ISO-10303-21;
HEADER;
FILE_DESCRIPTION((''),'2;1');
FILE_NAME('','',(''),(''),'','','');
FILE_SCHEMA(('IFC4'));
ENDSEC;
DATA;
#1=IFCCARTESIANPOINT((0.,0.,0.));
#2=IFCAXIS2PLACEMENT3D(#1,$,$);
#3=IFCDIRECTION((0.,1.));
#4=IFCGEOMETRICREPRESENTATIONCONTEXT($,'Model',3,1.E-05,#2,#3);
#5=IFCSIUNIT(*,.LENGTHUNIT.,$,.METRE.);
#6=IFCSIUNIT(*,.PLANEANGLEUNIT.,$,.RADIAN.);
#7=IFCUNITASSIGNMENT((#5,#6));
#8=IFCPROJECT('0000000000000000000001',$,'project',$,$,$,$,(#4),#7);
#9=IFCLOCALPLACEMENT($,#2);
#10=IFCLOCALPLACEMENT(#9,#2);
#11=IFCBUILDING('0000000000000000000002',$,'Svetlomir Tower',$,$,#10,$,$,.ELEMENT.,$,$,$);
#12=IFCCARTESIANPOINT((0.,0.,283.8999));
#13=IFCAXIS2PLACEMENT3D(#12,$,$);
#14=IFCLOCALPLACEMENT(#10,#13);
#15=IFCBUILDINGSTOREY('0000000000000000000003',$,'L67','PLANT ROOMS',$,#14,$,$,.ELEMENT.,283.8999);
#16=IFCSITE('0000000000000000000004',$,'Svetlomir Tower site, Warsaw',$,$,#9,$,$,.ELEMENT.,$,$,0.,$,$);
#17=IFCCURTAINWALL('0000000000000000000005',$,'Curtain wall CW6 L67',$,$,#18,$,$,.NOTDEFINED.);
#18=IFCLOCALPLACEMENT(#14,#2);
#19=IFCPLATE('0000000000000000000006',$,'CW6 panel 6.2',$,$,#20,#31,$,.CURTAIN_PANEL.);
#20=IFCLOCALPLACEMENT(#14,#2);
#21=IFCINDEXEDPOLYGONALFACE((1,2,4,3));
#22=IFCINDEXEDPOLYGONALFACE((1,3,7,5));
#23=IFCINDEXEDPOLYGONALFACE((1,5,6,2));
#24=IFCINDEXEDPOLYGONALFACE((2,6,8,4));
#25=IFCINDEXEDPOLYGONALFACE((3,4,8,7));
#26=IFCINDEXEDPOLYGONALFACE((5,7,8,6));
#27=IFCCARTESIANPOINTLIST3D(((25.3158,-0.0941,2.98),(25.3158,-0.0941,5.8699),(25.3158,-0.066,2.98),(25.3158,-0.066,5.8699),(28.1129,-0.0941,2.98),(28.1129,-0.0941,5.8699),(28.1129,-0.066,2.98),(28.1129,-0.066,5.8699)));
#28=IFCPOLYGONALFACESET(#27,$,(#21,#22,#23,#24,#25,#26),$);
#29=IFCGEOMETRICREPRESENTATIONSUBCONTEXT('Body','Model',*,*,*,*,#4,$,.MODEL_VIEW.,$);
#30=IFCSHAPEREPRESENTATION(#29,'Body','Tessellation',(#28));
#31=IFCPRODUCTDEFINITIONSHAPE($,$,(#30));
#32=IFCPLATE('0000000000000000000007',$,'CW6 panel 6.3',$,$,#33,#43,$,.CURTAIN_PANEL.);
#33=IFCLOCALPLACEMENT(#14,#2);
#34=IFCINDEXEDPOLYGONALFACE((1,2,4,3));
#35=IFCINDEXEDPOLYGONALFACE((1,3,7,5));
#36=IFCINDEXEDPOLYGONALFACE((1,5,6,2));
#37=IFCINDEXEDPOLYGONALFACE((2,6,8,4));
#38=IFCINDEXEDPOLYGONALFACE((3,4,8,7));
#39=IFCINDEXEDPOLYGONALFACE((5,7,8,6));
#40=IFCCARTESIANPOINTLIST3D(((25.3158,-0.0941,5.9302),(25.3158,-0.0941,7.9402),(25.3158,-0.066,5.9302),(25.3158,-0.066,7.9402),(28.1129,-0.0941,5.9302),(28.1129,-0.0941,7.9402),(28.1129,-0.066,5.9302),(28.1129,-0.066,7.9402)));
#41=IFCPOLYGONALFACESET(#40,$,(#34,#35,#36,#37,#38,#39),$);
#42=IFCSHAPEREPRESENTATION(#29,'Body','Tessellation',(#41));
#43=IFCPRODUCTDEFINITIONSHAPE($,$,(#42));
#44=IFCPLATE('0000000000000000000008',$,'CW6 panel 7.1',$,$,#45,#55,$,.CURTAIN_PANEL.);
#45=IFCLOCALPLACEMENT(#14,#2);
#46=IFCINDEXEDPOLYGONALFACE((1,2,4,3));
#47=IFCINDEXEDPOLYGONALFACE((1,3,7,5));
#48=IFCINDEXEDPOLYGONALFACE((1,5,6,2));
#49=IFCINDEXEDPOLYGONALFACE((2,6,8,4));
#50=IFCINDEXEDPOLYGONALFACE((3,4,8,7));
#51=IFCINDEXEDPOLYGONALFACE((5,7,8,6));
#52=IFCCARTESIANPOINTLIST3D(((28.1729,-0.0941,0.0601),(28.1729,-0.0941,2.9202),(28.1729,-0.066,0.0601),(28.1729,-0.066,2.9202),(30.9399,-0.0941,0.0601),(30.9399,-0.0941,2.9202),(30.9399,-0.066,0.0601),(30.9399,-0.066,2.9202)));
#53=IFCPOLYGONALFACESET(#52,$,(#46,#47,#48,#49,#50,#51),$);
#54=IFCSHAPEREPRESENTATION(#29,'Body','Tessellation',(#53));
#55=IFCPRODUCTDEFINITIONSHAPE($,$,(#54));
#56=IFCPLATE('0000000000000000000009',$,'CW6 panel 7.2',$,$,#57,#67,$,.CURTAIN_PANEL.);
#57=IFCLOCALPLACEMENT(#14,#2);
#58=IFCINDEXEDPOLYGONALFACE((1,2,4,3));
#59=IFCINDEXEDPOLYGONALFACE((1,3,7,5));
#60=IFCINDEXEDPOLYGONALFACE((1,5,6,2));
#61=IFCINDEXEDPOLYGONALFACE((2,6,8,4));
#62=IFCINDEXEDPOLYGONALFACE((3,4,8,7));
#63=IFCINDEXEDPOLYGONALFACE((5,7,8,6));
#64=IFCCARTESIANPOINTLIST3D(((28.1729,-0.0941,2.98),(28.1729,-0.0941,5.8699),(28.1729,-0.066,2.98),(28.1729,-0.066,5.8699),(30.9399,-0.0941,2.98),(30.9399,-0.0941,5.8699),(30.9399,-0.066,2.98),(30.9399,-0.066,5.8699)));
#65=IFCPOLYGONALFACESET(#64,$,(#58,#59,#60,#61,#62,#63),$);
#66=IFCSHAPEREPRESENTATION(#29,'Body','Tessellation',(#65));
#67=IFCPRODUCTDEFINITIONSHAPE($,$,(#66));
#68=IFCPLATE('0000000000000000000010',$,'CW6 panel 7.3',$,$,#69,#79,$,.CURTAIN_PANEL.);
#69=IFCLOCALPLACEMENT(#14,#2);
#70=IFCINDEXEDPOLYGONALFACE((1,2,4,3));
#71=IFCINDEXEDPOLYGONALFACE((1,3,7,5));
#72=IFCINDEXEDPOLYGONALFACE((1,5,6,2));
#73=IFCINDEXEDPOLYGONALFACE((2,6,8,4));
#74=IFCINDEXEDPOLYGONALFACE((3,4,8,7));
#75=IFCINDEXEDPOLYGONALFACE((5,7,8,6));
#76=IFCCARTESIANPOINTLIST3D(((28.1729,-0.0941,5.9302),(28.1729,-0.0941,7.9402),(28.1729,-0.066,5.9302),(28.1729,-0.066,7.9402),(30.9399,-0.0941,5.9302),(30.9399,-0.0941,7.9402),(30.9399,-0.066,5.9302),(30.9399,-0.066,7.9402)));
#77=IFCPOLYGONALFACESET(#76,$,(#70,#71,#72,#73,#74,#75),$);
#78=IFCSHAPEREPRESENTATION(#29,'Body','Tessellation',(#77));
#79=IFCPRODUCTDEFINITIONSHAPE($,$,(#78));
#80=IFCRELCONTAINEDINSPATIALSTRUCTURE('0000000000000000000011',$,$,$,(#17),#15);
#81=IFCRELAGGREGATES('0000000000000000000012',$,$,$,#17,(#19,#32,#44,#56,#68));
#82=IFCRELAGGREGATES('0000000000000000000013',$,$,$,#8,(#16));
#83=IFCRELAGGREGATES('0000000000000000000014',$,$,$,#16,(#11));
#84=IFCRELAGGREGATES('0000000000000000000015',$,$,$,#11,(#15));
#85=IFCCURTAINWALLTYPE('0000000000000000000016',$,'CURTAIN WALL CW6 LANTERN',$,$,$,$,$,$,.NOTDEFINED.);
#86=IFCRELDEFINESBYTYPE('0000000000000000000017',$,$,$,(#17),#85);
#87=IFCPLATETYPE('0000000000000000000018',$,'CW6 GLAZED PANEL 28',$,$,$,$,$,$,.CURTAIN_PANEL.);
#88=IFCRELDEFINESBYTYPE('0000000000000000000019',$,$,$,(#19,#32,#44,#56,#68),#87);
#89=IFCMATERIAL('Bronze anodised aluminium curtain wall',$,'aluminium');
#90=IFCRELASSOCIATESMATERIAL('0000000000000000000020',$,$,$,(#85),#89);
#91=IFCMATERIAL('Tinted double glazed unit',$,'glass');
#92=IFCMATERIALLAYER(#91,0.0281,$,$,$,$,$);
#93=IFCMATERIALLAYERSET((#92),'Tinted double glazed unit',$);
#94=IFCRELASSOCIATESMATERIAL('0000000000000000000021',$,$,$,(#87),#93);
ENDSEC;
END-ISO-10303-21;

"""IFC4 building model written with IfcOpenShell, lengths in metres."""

from ifc_helpers import new_model, si_unit, direction, frame, origin, origin_2d, place, context, subcontext, project, spatial, rectangle, extrude, material, layer, layer_set, type_object, element, aggregate, save


model = new_model("IFC4")

# Units and contexts
model_context = context("Model", 3, precision=1e-05, world=origin(), true_north=direction((0.0, 1.0)))
body_context = subcontext(model_context, "Body", "Model", "MODEL_VIEW")
ifc_project = project(units=[si_unit("LENGTHUNIT", "METRE"), si_unit("PLANEANGLEUNIT", "RADIAN")], contexts=[model_context])

# Site, building, storey
site_placement = place(None, origin())
site = spatial("IfcSite", under=ifc_project, at=site_placement, Name="Svetlomir Tower site, Warsaw", CompositionType="ELEMENT", RefElevation=0.0)
building_placement = place(site_placement, origin())
building = spatial("IfcBuilding", under=site, at=building_placement, Name="Svetlomir Tower", CompositionType="ELEMENT")
storey_placement = place(building_placement, frame((0.0, 0.0, 283.8999)))
storey = spatial("IfcBuildingStorey", under=building, at=storey_placement, Name="L67", Description="PLANT ROOMS", CompositionType="ELEMENT", Elevation=283.8999)

# Curtain wall
ifc_material_1 = material(Name="Bronze anodised aluminium curtain wall", Category="aluminium")
curtain_wall_type = type_object("IfcCurtainWallType", Name="CURTAIN WALL CW6 LANTERN", PredefinedType="NOTDEFINED", material=ifc_material_1)
curtain_wall_1_placement = place(storey_placement, origin())
curtain_wall_1 = element("IfcCurtainWall", 1, at=curtain_wall_1_placement, inside=storey, type_object=curtain_wall_type, Name="Curtain wall CW6 L67", PredefinedType="NOTDEFINED")

# Plates
ifc_material_2 = material(Name="Tinted double glazed unit", Category="glass")
ifc_layer = layer(ifc_material_2, 0.0281)
ifc_layer_set = layer_set([ifc_layer], Name="Tinted double glazed unit")
plate_type = type_object("IfcPlateType", Name="CW6 GLAZED PANEL 28", PredefinedType="CURTAIN_PANEL", material=ifc_layer_set)
plate_1_placement = place(storey_placement, frame((26.7144, -0.0801, 2.98), z_axis=(0.0, 0.0, 1.0), x_axis=(1.0, 0.0, 0.0)))
plate_1 = element("IfcPlate", 2, at=plate_1_placement, type_object=plate_type, Name="CW6 panel 6.2", PredefinedType="CURTAIN_PANEL", context=body_context, shape_type="SweptSolid", body=[
    extrude(rectangle(XDim=2.7971, YDim=0.0281, at=origin_2d()), origin(), (0.0, 0.0, 1.0), 2.8899),
])
plate_2_placement = place(storey_placement, frame((26.7144, -0.0801, 5.9302), z_axis=(0.0, 0.0, 1.0), x_axis=(1.0, 0.0, 0.0)))
plate_2 = element("IfcPlate", 3, at=plate_2_placement, type_object=plate_type, Name="CW6 panel 6.3", PredefinedType="CURTAIN_PANEL", context=body_context, shape_type="SweptSolid", body=[
    extrude(rectangle(XDim=2.7971, YDim=0.0281, at=origin_2d()), origin(), (0.0, 0.0, 1.0), 2.01),
])
plate_3_placement = place(storey_placement, frame((29.5564, -0.0801, 0.0601), z_axis=(0.0, 0.0, 1.0), x_axis=(1.0, 0.0, 0.0)))
plate_3 = element("IfcPlate", 4, at=plate_3_placement, type_object=plate_type, Name="CW6 panel 7.1", PredefinedType="CURTAIN_PANEL", context=body_context, shape_type="SweptSolid", body=[
    extrude(rectangle(XDim=2.7671, YDim=0.0281, at=origin_2d()), origin(), (0.0, 0.0, 1.0), 2.8601),
])
plate_4_placement = place(storey_placement, frame((29.5564, -0.0801, 2.98), z_axis=(0.0, 0.0, 1.0), x_axis=(1.0, 0.0, 0.0)))
plate_4 = element("IfcPlate", 5, at=plate_4_placement, type_object=plate_type, Name="CW6 panel 7.2", PredefinedType="CURTAIN_PANEL", context=body_context, shape_type="SweptSolid", body=[
    extrude(rectangle(XDim=2.7671, YDim=0.0281, at=origin_2d()), origin(), (0.0, 0.0, 1.0), 2.8899),
])
plate_5_placement = place(storey_placement, frame((29.5564, -0.0801, 5.9302), z_axis=(0.0, 0.0, 1.0), x_axis=(1.0, 0.0, 0.0)))
plate_5 = element("IfcPlate", 6, at=plate_5_placement, type_object=plate_type, Name="CW6 panel 7.3", PredefinedType="CURTAIN_PANEL", context=body_context, shape_type="SweptSolid", body=[
    extrude(rectangle(XDim=2.7671, YDim=0.0281, at=origin_2d()), origin(), (0.0, 0.0, 1.0), 2.01),
])
aggregate(curtain_wall_1, [plate_1, plate_2, plate_3, plate_4, plate_5])

save(model, "model.ifc")
